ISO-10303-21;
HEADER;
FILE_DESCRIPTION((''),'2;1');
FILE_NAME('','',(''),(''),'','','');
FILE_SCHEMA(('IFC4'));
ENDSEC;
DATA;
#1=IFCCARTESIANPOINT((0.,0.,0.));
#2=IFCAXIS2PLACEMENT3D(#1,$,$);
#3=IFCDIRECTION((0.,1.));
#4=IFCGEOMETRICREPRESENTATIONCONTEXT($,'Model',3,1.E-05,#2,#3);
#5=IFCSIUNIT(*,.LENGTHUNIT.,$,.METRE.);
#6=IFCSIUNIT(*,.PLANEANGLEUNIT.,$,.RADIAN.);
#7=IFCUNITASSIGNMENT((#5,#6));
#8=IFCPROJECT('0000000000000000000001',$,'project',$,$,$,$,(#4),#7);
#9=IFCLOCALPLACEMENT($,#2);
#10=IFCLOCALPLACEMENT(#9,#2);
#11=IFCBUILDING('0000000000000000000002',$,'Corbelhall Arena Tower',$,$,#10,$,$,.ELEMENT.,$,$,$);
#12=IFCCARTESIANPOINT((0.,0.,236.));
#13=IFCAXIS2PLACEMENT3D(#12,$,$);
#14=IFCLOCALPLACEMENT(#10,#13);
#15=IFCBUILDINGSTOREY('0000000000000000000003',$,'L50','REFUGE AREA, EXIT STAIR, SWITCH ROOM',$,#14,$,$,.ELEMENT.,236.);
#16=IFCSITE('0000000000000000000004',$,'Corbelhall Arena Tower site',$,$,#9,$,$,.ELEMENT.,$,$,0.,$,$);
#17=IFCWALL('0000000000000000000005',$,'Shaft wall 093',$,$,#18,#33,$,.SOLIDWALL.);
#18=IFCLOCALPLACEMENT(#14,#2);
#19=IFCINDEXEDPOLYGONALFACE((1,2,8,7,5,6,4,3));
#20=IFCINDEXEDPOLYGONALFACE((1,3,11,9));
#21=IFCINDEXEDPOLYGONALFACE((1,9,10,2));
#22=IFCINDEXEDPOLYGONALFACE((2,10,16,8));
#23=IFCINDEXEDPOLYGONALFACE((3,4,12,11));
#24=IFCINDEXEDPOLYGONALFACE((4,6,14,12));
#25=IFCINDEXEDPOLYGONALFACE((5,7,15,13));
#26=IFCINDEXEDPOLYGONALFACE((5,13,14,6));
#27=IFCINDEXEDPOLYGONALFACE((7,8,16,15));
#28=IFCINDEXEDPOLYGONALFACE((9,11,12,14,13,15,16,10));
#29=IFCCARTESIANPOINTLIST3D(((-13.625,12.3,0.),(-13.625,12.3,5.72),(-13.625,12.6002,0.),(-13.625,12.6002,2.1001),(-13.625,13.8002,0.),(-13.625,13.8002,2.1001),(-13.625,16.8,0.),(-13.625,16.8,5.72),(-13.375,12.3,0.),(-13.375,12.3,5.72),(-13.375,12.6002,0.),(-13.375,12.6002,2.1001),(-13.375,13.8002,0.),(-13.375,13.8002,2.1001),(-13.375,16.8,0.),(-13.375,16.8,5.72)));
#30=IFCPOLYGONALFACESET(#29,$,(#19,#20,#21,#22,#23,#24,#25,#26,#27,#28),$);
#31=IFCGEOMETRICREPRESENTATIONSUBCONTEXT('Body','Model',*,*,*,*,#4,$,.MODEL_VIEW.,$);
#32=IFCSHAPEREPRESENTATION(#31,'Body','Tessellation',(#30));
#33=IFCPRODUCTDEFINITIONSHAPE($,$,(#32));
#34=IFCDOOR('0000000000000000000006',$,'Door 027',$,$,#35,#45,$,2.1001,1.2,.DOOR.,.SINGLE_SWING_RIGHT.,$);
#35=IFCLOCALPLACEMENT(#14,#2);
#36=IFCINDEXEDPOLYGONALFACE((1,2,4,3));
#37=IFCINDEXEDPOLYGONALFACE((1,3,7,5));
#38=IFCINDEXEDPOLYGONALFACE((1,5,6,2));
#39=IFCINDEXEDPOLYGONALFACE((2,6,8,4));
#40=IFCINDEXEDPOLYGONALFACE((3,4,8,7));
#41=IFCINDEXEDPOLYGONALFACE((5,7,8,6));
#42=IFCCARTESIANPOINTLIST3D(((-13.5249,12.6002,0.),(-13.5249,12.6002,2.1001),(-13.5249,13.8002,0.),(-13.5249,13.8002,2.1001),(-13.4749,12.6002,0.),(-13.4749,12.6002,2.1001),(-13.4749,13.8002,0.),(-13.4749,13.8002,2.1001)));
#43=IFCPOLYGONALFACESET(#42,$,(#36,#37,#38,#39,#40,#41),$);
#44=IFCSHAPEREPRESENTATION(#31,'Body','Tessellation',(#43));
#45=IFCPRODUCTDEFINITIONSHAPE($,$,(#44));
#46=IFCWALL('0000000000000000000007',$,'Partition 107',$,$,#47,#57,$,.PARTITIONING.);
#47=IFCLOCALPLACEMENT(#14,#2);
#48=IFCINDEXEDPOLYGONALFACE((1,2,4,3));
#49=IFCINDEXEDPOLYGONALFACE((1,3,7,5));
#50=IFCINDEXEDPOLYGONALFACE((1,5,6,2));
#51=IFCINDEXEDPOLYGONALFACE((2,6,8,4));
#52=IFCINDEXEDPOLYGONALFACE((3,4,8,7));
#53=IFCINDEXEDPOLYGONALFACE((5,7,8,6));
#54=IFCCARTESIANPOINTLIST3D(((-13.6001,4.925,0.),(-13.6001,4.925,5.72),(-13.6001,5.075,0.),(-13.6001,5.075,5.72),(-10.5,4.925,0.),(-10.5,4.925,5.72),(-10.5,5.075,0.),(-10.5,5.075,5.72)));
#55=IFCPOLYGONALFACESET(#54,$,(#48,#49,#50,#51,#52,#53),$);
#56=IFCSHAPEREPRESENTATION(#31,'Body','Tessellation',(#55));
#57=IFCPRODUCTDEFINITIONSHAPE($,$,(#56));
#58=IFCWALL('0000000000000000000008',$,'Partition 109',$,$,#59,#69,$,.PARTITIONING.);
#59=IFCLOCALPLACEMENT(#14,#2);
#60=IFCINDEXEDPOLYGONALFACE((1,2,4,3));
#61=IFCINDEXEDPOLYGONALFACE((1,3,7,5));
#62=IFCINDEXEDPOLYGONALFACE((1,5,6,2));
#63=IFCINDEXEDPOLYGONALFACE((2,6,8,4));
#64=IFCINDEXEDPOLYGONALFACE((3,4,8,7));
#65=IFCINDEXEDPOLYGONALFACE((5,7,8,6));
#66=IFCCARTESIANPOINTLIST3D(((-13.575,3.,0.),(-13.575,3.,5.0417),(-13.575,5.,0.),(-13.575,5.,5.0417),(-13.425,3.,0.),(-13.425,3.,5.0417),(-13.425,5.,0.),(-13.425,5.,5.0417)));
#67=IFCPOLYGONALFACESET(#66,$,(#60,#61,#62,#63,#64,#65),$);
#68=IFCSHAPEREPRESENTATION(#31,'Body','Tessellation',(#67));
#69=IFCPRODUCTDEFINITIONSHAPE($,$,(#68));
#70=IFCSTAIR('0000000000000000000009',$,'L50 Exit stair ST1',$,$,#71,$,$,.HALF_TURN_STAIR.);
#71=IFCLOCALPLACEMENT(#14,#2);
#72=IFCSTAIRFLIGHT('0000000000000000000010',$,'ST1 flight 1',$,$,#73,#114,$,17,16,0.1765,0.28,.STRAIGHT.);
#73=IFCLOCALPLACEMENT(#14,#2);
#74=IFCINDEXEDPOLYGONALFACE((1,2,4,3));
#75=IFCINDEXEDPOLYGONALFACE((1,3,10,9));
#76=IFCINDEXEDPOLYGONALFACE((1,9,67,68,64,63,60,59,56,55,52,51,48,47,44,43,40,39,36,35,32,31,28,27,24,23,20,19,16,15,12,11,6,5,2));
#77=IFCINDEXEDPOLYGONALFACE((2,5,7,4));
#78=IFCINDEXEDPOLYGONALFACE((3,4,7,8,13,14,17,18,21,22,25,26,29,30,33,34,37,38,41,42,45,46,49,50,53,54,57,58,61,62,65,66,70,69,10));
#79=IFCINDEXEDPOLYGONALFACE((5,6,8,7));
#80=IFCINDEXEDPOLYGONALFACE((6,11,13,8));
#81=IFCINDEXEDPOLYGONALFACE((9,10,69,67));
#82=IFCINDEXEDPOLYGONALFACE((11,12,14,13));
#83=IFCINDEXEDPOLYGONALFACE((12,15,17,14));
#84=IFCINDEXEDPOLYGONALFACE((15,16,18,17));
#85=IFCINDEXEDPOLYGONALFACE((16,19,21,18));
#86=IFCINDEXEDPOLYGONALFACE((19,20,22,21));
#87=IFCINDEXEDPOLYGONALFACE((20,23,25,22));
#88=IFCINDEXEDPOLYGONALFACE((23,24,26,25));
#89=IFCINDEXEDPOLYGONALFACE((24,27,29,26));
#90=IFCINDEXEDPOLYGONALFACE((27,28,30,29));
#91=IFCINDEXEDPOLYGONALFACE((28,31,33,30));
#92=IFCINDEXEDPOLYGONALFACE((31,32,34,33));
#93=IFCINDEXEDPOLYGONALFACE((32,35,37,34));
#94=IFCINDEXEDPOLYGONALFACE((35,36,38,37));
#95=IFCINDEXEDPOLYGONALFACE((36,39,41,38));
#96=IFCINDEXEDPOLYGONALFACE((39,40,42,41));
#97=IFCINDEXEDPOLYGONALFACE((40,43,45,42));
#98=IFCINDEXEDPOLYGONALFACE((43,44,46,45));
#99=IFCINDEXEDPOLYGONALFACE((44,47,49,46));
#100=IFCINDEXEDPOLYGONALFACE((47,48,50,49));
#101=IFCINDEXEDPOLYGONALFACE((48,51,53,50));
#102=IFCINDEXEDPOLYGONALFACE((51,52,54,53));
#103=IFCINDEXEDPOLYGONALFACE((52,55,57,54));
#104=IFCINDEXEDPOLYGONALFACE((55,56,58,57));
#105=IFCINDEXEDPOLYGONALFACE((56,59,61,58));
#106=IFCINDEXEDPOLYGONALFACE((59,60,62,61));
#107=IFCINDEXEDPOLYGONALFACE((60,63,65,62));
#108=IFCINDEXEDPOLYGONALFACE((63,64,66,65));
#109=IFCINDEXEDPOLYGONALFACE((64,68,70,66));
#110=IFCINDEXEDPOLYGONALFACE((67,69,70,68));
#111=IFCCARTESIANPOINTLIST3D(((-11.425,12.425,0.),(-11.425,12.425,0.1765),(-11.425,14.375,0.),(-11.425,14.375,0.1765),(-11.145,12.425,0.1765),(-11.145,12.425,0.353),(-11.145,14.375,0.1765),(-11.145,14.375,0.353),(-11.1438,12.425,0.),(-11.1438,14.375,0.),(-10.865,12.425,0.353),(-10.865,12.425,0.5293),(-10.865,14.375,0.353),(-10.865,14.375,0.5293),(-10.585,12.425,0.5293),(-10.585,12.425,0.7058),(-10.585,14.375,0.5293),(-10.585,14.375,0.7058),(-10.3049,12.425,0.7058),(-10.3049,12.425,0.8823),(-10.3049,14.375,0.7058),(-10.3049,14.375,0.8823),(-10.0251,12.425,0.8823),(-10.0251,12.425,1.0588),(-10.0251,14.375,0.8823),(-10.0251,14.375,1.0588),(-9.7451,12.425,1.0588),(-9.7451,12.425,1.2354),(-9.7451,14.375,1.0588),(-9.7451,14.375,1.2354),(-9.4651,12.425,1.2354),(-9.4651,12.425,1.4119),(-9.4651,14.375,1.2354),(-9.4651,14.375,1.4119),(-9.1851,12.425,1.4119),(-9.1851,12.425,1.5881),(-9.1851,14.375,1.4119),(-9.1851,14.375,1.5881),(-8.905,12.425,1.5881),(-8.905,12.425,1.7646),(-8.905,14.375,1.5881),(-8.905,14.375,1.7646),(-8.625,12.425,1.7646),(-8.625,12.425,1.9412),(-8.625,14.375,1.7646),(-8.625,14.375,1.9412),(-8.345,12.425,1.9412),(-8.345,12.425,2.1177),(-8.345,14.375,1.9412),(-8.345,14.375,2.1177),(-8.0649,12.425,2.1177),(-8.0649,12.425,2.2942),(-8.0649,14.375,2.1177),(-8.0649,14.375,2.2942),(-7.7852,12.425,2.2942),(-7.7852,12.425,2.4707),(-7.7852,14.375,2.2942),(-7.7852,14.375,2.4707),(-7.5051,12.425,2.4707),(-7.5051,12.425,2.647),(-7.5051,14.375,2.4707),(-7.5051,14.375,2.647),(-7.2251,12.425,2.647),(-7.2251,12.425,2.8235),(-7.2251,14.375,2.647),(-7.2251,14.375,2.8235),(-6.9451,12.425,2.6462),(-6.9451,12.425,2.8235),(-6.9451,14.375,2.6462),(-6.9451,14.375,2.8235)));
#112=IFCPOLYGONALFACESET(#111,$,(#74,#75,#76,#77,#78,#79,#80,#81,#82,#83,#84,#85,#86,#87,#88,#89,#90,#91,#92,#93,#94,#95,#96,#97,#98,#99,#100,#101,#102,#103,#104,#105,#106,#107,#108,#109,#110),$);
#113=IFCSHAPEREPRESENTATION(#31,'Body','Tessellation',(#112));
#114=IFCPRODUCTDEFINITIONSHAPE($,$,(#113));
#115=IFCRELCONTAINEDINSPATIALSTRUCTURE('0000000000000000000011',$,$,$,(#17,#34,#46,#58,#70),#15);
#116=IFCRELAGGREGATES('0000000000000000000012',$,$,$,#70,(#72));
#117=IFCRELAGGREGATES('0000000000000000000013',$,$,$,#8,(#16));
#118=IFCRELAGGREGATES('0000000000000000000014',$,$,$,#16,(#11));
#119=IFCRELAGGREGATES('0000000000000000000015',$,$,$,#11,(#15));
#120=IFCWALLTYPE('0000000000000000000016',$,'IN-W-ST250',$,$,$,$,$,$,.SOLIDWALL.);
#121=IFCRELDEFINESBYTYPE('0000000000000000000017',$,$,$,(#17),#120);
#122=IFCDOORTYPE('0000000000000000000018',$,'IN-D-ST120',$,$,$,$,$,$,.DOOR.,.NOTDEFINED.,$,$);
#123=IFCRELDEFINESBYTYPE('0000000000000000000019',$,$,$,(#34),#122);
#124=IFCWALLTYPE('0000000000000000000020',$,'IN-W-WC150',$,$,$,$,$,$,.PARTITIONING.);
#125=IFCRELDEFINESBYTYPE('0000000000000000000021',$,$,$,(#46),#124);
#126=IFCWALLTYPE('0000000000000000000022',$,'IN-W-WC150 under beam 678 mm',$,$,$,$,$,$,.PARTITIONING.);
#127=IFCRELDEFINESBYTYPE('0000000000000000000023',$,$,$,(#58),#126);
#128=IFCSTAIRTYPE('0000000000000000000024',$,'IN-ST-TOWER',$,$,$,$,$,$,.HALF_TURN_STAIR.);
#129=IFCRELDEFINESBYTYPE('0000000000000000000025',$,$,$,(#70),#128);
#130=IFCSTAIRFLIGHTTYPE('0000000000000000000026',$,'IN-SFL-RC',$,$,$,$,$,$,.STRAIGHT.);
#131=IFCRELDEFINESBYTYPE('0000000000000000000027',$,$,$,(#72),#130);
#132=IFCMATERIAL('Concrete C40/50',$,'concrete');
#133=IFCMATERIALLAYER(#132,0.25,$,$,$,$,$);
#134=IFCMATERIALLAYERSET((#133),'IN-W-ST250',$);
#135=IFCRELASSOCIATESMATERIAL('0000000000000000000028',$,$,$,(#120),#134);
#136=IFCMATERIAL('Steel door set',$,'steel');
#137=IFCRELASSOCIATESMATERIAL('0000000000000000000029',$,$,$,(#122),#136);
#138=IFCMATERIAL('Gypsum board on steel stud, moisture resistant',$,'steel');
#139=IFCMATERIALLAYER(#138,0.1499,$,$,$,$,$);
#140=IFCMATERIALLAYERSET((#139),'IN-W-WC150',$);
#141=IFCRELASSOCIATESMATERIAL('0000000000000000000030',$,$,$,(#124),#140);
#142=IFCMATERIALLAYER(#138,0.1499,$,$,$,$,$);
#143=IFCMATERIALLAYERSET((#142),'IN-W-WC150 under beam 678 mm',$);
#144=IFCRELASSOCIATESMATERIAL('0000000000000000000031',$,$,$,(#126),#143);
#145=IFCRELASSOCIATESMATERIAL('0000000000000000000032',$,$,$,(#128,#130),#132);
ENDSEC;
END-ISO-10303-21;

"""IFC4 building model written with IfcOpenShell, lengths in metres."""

from ifc_helpers import new_model, si_unit, direction, frame, frame_2d, origin, place, context, subcontext, project, spatial, polyline, rectangle, outline, extrude, material, layer, layer_set, type_object, element, fill, aggregate, save


model = new_model("IFC4")

# Units and contexts
model_context = context("Model", 3, precision=1e-05, world=origin(), true_north=direction((0.0, 1.0)))
body_context = subcontext(model_context, "Body", "Model", "MODEL_VIEW")
ifc_project = project(units=[si_unit("LENGTHUNIT", "METRE"), si_unit("PLANEANGLEUNIT", "RADIAN")], contexts=[model_context])

# Site, building, storey
site_placement = place(None, origin())
site = spatial("IfcSite", under=ifc_project, at=site_placement, Name="Corbelhall Arena Tower site", CompositionType="ELEMENT", RefElevation=0.0)
building_placement = place(site_placement, origin())
building = spatial("IfcBuilding", under=site, at=building_placement, Name="Corbelhall Arena Tower", CompositionType="ELEMENT")
storey_placement = place(building_placement, frame((0.0, 0.0, 236.0)))
storey = spatial("IfcBuildingStorey", under=building, at=storey_placement, Name="L50", Description="REFUGE AREA, EXIT STAIR, SWITCH ROOM", CompositionType="ELEMENT", Elevation=236.0)

# Shared definitions
ifc_material_1 = material(Name="Steel door set", Category="steel")

# Shared definitions
ifc_material_2 = material(Name="Concrete C40/50", Category="concrete")

# Shared definitions
ifc_layer_1 = layer(ifc_material_2, 0.25)
ifc_layer_set_1 = layer_set([ifc_layer_1], Name="IN-W-ST250")
wall_type_1 = type_object("IfcWallType", Name="IN-W-ST250", PredefinedType="SOLIDWALL", material=ifc_layer_set_1)
door_type_1 = type_object("IfcDoorType", Name="IN-D-ST120", OperationType="NOTDEFINED", PredefinedType="DOOR", material=ifc_material_1)

# Wall, opening, door
wall_1_placement = place(storey_placement, frame((-13.5, 12.3, 0.0), z_axis=(0.0, 0.0, 1.0), x_axis=(0.0, 1.0, 0.0)))
wall_1 = element("IfcWall", 1, at=wall_1_placement, inside=storey, type_object=wall_type_1, Name="Shaft wall 093", PredefinedType="SOLIDWALL", context=body_context, shape_type="SweptSolid", body=[
    extrude(rectangle(XDim=4.5, YDim=0.25, at=frame_2d((2.25, 0.0))), origin(), (0.0, 0.0, 1.0), 5.72),
])
opening_1_placement = place(wall_1_placement, frame((0.3, 0.0, 0.0)))
opening_1 = element("IfcOpeningElement", 2, at=opening_1_placement, cuts=wall_1, PredefinedType="OPENING", context=body_context, shape_type="SweptSolid", body=[
    extrude(rectangle(XDim=1.2, YDim=2.1001, at=frame_2d((0.6001, 1.05))), frame((0.0, 0.125, 0.0), z_axis=(0.0, -1.0, 0.0), x_axis=(1.0, 0.0, 0.0)), (0.0, 0.0, 1.0), 0.25),
])
door_1_placement = place(opening_1_placement, origin())
door_1 = element("IfcDoor", 3, at=door_1_placement, inside=storey, type_object=door_type_1, Name="Door 027", OperationType="SINGLE_SWING_RIGHT", OverallHeight=2.1001, OverallWidth=1.2, PredefinedType="DOOR", context=body_context, shape_type="SweptSolid", body=[
    extrude(rectangle(XDim=1.2, YDim=2.1001, at=frame_2d((0.6001, 1.05))), frame((0.0, 0.0249, 0.0), z_axis=(0.0, -1.0, 0.0), x_axis=(1.0, 0.0, 0.0)), (0.0, 0.0, 1.0), 0.05),
])
fill(opening_1, door_1)

# Walls
ifc_material_3 = material(Name="Gypsum board on steel stud, moisture resistant", Category="steel")
ifc_layer_2 = layer(ifc_material_3, 0.1499)
ifc_layer_set_2 = layer_set([ifc_layer_2], Name="IN-W-WC150")
wall_type_2 = type_object("IfcWallType", Name="IN-W-WC150", PredefinedType="PARTITIONING", material=ifc_layer_set_2)
wall_2_placement = place(storey_placement, frame((-13.6001, 5.0, 0.0), z_axis=(0.0, 0.0, 1.0), x_axis=(1.0, 0.0, 0.0)))
element("IfcWall", 4, at=wall_2_placement, inside=storey, type_object=wall_type_2, Name="Partition 107", PredefinedType="PARTITIONING", context=body_context, shape_type="SweptSolid", body=[
    extrude(rectangle(XDim=3.1001, YDim=0.1499, at=frame_2d((1.55, 0.0))), origin(), (0.0, 0.0, 1.0), 5.72),
])
ifc_layer_3 = layer(ifc_material_3, 0.1499)
ifc_layer_set_3 = layer_set([ifc_layer_3], Name="IN-W-WC150 under beam 678 mm")
wall_type_3 = type_object("IfcWallType", Name="IN-W-WC150 under beam 678 mm", PredefinedType="PARTITIONING", material=ifc_layer_set_3)
wall_3_placement = place(storey_placement, frame((-13.5, 3.0, 0.0), z_axis=(0.0, 0.0, 1.0), x_axis=(0.0, 1.0, 0.0)))
element("IfcWall", 5, at=wall_3_placement, inside=storey, type_object=wall_type_3, Name="Partition 109", PredefinedType="PARTITIONING", context=body_context, shape_type="SweptSolid", body=[
    extrude(rectangle(XDim=2.0, YDim=0.1499, at=frame_2d((1.0, 0.0))), origin(), (0.0, 0.0, 1.0), 5.0417),
])

# Stair, stair flight
stair_type = type_object("IfcStairType", Name="IN-ST-TOWER", PredefinedType="HALF_TURN_STAIR", material=ifc_material_2)
stair_placement = place(storey_placement, origin())
stair = element("IfcStair", 6, at=stair_placement, inside=storey, type_object=stair_type, Name="L50 Exit stair ST1", PredefinedType="HALF_TURN_STAIR")
stair_flight_type = type_object("IfcStairFlightType", Name="IN-SFL-RC", PredefinedType="STRAIGHT", material=ifc_material_2)
stair_flight_placement = place(storey_placement, frame((-11.425, 13.3999, 0.0), z_axis=(0.0, 0.0, 1.0), x_axis=(1.0, 0.0, 0.0)))
stair_flight = element("IfcStairFlight", 7, at=stair_flight_placement, type_object=stair_flight_type, Name="ST1 flight 1", NumberOfRisers=17, NumberOfTreads=16, PredefinedType="STRAIGHT", RiserHeight=0.1765, TreadLength=0.28, context=body_context, shape_type="SweptSolid", body=[
    extrude(outline(polyline([(0.0, 0.0), (0.0, 0.1765), (0.28, 0.1765), (0.28, 0.353), (0.5601, 0.353), (0.5601, 0.5293), (0.8401, 0.5293), (0.8401, 0.7058), (1.1201, 0.7058), (1.1201, 0.8823), (1.3999, 0.8823), (1.3999, 1.0588), (1.6799, 1.0588), (1.6799, 1.2354), (1.96, 1.2354), (1.96, 1.4119), (2.24, 1.4119), (2.24, 1.5881), (2.52, 1.5881), (2.52, 1.7646), (2.8, 1.7646), (2.8, 1.9412), (3.0801, 1.9412), (3.0801, 2.1177), (3.3601, 2.1177), (3.3601, 2.2942), (3.6399, 2.2942), (3.6399, 2.4707), (3.9199, 2.4707), (3.9199, 2.647), (4.2, 2.647), (4.2, 2.8235), (4.48, 2.8235), (4.48, 3.0), (4.48, 2.6462), (0.2812, 0.0), (0.0, 0.0)])), frame((0.0, 0.9751, 0.0), z_axis=(0.0, -1.0, 0.0), x_axis=(1.0, 0.0, 0.0)), (0.0, 0.0, 1.0), 1.95),
])
aggregate(stair, [stair_flight])

save(model, "model.ifc")
